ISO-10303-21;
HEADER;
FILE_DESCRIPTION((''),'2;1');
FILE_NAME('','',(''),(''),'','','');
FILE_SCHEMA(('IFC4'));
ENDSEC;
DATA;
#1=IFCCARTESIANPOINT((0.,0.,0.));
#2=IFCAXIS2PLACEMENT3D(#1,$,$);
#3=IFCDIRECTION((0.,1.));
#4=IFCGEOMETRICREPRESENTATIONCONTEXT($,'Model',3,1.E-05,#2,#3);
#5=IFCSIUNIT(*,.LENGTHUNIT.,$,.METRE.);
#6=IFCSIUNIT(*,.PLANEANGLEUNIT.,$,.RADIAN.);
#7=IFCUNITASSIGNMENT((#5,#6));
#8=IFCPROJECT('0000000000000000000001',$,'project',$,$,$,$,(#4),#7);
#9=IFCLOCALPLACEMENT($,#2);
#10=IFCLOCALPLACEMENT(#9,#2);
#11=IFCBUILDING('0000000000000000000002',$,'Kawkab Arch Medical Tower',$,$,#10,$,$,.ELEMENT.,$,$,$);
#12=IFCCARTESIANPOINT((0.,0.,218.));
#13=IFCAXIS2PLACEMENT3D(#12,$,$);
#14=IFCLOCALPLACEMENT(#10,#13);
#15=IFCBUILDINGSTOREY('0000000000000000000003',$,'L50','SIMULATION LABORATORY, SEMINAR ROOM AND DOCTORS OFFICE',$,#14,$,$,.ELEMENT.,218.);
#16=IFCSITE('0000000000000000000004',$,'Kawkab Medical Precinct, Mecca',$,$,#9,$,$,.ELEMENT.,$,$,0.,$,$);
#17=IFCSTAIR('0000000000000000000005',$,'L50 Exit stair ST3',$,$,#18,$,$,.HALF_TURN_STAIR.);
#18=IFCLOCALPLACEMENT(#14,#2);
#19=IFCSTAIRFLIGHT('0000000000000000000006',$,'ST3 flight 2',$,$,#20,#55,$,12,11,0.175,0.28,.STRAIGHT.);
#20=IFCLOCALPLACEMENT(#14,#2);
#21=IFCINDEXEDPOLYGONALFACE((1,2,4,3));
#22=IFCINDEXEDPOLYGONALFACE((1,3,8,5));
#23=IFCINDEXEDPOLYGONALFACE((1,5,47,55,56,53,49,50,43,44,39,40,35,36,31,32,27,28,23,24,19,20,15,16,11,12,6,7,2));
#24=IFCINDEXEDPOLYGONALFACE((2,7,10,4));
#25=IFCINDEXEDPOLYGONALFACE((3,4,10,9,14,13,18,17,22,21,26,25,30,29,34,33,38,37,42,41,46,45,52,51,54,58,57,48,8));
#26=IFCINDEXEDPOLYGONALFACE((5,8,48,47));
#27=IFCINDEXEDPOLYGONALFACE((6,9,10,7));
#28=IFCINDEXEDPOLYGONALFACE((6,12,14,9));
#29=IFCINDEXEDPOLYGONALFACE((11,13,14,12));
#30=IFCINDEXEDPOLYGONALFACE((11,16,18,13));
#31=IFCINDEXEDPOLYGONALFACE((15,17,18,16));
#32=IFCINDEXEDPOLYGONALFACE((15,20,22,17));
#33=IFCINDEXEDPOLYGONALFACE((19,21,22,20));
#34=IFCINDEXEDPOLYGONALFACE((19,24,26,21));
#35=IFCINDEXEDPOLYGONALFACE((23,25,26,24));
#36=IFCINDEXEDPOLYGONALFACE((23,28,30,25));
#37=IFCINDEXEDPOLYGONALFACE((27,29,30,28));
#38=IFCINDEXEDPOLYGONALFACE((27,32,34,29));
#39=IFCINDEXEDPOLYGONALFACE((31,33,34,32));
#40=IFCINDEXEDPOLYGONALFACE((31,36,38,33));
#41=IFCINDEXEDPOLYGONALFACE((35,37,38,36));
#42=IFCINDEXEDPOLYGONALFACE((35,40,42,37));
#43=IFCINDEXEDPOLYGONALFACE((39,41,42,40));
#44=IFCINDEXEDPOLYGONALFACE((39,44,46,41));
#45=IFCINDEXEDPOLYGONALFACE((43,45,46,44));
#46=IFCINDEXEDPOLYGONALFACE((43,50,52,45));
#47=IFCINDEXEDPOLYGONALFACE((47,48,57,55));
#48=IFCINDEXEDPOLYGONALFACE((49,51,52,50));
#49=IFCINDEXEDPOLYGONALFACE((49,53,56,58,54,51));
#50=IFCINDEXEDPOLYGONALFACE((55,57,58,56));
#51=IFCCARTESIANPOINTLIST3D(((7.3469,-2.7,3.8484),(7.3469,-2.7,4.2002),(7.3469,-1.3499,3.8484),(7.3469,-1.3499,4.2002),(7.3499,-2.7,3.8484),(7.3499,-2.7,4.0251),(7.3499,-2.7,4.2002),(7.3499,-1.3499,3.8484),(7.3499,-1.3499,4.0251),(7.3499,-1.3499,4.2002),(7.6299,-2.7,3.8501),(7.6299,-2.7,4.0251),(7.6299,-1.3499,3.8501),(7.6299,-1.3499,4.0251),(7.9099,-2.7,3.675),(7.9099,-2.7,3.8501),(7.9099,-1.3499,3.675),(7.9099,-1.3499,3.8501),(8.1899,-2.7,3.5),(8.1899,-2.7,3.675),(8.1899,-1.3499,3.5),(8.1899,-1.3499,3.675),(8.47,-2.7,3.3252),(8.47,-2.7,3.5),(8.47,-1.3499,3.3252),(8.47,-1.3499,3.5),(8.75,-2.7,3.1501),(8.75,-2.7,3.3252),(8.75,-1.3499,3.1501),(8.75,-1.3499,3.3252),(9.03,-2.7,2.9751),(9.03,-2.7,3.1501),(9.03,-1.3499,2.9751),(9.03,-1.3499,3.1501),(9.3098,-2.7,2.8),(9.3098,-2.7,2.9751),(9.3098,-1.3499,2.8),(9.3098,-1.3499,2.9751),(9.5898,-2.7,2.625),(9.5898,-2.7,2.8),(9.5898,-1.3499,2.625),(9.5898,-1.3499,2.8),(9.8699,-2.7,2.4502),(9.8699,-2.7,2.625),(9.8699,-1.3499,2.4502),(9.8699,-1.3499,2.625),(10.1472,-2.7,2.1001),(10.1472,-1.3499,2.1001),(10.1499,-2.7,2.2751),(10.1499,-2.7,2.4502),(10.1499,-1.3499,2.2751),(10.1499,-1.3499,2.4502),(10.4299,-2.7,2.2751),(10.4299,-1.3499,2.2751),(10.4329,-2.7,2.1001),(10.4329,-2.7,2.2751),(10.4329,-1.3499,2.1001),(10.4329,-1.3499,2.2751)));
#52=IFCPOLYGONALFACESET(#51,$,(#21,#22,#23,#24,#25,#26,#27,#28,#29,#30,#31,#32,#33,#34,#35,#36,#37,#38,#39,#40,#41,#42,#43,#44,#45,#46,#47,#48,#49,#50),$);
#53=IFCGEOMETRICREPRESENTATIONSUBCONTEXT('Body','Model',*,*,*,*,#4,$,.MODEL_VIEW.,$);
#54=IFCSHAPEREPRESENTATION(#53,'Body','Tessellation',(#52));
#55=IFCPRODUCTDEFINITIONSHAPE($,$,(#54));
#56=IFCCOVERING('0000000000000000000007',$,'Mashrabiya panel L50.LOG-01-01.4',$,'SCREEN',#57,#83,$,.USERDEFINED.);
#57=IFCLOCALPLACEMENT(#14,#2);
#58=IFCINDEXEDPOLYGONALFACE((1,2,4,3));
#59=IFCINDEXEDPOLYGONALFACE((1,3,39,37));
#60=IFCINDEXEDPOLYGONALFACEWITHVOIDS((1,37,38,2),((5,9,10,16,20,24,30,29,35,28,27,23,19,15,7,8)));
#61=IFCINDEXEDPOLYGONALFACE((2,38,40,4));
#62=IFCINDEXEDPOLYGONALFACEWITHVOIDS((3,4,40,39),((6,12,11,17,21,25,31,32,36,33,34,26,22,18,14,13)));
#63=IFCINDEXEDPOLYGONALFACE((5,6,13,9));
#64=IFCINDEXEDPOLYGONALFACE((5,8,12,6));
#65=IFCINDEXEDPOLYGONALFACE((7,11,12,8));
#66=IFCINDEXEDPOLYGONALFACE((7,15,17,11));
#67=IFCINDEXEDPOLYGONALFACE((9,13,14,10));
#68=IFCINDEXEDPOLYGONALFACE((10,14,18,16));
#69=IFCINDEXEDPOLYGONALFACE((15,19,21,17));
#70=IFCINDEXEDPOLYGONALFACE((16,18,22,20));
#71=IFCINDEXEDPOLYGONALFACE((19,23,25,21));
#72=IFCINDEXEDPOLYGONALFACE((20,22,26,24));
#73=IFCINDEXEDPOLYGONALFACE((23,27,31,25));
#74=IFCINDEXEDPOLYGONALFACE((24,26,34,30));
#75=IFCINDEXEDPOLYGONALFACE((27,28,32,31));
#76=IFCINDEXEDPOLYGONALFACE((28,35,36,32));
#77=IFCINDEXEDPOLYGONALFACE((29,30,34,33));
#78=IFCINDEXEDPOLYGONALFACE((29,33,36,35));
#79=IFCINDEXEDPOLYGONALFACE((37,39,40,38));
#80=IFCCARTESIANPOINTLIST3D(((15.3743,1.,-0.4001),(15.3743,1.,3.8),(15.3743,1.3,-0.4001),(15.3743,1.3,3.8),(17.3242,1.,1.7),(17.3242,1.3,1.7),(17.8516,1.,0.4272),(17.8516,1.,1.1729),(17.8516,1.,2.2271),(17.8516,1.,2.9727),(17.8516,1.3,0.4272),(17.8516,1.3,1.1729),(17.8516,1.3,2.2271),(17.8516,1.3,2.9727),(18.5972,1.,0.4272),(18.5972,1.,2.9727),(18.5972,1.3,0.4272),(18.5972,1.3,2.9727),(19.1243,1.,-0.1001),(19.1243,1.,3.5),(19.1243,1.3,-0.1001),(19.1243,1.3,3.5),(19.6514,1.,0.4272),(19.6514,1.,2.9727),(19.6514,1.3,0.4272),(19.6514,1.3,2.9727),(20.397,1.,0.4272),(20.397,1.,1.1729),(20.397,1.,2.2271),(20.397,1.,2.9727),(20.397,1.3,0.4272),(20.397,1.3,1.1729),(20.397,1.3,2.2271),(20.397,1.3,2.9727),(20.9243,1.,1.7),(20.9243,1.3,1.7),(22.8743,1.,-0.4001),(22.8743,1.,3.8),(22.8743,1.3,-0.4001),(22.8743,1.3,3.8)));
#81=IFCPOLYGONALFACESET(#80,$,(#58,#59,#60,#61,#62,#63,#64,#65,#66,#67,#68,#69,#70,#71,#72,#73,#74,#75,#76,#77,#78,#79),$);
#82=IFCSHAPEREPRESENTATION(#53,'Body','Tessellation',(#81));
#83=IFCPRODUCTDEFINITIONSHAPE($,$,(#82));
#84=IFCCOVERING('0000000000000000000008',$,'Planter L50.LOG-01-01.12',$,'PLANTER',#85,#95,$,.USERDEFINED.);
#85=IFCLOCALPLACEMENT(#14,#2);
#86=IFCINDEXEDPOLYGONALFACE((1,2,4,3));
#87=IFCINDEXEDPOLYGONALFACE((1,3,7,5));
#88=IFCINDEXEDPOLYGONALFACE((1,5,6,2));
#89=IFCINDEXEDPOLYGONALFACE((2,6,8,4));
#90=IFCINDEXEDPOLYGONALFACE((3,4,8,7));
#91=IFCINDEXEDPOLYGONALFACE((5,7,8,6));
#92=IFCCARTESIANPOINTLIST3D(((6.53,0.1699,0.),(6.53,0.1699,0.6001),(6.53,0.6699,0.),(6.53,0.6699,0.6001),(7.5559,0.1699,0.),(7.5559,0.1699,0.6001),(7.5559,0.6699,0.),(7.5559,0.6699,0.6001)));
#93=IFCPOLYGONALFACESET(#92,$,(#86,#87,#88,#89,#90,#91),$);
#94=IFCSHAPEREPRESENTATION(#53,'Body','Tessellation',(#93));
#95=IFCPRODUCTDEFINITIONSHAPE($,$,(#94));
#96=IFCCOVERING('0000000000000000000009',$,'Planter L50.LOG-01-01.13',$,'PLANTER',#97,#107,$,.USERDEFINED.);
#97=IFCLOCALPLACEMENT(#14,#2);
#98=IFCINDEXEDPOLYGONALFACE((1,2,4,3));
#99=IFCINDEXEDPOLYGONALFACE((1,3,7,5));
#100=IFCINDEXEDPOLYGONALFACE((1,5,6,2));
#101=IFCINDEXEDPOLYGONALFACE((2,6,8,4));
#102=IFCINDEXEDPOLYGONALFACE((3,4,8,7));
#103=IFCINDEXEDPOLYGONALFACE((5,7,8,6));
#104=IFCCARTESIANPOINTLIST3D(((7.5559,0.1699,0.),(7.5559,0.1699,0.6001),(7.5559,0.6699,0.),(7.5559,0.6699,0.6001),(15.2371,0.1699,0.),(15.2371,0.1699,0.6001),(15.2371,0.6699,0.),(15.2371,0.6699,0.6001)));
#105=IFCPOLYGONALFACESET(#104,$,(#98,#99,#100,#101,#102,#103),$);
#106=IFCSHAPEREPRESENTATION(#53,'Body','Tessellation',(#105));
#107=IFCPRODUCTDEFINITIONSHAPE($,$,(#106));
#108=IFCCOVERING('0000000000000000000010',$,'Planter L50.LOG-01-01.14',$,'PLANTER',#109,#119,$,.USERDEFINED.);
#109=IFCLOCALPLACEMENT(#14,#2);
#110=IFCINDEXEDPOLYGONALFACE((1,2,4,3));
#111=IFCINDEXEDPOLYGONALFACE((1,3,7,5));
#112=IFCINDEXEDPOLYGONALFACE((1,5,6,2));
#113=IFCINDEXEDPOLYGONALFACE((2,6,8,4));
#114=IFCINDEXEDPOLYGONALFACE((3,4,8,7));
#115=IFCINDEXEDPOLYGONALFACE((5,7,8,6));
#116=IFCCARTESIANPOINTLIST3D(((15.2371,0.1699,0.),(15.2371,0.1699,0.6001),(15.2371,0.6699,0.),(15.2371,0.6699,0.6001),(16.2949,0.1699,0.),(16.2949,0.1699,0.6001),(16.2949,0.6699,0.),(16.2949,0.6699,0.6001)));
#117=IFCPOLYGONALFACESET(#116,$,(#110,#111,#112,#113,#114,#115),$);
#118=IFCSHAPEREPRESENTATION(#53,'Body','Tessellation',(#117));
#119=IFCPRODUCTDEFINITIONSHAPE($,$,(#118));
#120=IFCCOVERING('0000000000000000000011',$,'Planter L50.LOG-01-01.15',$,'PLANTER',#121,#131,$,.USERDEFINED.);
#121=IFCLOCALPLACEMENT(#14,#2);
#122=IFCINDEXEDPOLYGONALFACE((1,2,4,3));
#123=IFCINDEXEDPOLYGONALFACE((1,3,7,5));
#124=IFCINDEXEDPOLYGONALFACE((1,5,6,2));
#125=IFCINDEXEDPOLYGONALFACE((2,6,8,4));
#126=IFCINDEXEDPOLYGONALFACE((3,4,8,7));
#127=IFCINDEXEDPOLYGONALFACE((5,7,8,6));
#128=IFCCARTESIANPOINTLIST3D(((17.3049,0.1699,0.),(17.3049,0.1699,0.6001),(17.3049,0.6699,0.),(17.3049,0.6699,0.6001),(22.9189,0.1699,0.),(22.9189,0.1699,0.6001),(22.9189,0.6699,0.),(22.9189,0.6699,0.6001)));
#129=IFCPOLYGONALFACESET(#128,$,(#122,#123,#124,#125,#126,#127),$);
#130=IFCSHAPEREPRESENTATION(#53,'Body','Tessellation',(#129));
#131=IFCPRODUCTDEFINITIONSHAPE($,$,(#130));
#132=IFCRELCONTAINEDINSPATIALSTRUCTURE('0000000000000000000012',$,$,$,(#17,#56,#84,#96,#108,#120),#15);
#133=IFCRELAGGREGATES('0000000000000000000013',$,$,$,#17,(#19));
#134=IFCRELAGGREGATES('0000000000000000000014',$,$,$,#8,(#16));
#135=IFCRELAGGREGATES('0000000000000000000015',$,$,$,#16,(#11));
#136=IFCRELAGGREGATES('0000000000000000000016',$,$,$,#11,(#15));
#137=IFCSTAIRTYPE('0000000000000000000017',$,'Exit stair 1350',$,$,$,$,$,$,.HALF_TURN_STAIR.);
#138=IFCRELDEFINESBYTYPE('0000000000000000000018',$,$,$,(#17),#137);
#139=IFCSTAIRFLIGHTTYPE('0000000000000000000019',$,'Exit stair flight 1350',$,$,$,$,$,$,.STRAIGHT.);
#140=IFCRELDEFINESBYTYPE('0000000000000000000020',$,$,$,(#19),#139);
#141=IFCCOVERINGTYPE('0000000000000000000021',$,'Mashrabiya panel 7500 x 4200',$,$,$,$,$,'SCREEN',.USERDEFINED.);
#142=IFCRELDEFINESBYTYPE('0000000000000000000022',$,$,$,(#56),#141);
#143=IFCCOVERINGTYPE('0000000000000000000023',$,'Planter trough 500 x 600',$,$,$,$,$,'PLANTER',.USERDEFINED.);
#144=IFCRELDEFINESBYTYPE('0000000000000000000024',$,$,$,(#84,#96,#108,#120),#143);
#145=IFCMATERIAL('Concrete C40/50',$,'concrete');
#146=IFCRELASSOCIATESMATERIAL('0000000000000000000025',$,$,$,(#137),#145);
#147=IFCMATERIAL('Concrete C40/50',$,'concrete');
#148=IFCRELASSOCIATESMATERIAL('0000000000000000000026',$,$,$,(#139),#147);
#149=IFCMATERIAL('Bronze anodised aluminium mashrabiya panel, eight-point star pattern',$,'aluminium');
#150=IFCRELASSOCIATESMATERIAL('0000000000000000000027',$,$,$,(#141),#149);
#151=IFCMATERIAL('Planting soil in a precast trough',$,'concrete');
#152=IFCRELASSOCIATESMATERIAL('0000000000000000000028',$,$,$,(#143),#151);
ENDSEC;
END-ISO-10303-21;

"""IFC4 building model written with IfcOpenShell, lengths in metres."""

from ifc_helpers import new_model, si_unit, direction, frame, origin, origin_2d, place, context, subcontext, project, spatial, polyline, rectangle, outline, extrude, material, material_profile, profile_set, type_object, element, aggregate, save


model = new_model("IFC4")

# Units and contexts
model_context = context("Model", 3, precision=1e-05, world=origin(), true_north=direction((0.0, 1.0)))
body_context = subcontext(model_context, "Body", "Model", "MODEL_VIEW")
ifc_project = project(units=[si_unit("LENGTHUNIT", "METRE"), si_unit("PLANEANGLEUNIT", "RADIAN")], contexts=[model_context])

# Site, building, storey
site_placement = place(None, origin())
site = spatial("IfcSite", under=ifc_project, at=site_placement, Name="Kawkab Medical Precinct, Mecca", CompositionType="ELEMENT", RefElevation=0.0)
building_placement = place(site_placement, origin())
building = spatial("IfcBuilding", under=site, at=building_placement, Name="Kawkab Arch Medical Tower", CompositionType="ELEMENT")
storey_placement = place(building_placement, frame((0.0, 0.0, 218.0)))
storey = spatial("IfcBuildingStorey", under=building, at=storey_placement, Name="L50", Description="SIMULATION LABORATORY, SEMINAR ROOM AND DOCTORS OFFICE", CompositionType="ELEMENT", Elevation=218.0)

# Shared definitions
placement = place(storey_placement, origin())

# Stair, stair flight
ifc_material_1 = material(Name="Concrete C40/50", Category="concrete")
stair_type = type_object("IfcStairType", Name="Exit stair 1350", PredefinedType="HALF_TURN_STAIR", material=ifc_material_1)
stair = element("IfcStair", 1, at=placement, inside=storey, type_object=stair_type, Name="L50 Exit stair ST3", PredefinedType="HALF_TURN_STAIR")
ifc_material_2 = material(Name="Concrete C40/50", Category="concrete")
stair_flight_type = type_object("IfcStairFlightType", Name="Exit stair flight 1350", PredefinedType="STRAIGHT", material=ifc_material_2)
stair_flight_placement = place(storey_placement, frame((10.4299, -2.0249, 2.1001), z_axis=(0.0, 0.0, 1.0), x_axis=(-1.0, 0.0, 0.0)))
stair_flight = element("IfcStairFlight", 2, at=stair_flight_placement, type_object=stair_flight_type, Name="ST3 flight 2", NumberOfRisers=12, NumberOfTreads=11, PredefinedType="STRAIGHT", RiserHeight=0.175, TreadLength=0.28, context=body_context, shape_type="SweptSolid", body=[
    extrude(outline(polyline([(-0.0029, 0.0), (-0.0029, 0.175), (0.0, 0.175), (0.28, 0.175), (0.28, 0.3501), (0.5601, 0.3501), (0.5601, 0.5249), (0.8401, 0.5249), (0.8401, 0.7), (1.1201, 0.7), (1.1201, 0.875), (1.3999, 0.875), (1.3999, 1.05), (1.6799, 1.05), (1.6799, 1.2251), (1.96, 1.2251), (1.96, 1.3999), (2.24, 1.3999), (2.24, 1.575), (2.52, 1.575), (2.52, 1.75), (2.8, 1.75), (2.8, 1.925), (3.0801, 1.925), (3.0801, 2.1001), (3.083, 2.1001), (3.083, 1.7483), (3.0801, 1.7483), (0.2827, 0.0), (-0.0029, 0.0)])), frame((0.0, 0.675, 0.0), z_axis=(0.0, -1.0, 0.0), x_axis=(1.0, 0.0, 0.0)), (0.0, 0.0, 1.0), 1.3501),
])
aggregate(stair, [stair_flight])

# Coverings
ifc_material_3 = material(Name="Bronze anodised aluminium mashrabiya panel, eight-point star pattern", Category="aluminium")
ifc_material_profile_1 = material_profile(ifc_material_3, outline(polyline([(-3.75, -2.1001), (3.75, -2.1001), (3.75, 2.1001), (-3.75, 2.1001), (-3.75, -2.1001)]), holes=[polyline([(1.8, 0.0), (1.2727, 0.5271), (1.2727, 1.2727), (0.5271, 1.2727), (0.0, 1.8), (-0.5271, 1.2727), (-1.2727, 1.2727), (-1.2727, 0.5271), (-1.8, 0.0), (-1.2727, -0.5271), (-1.2727, -1.2727), (-0.5271, -1.2727), (0.0, -1.8), (0.5271, -1.2727), (1.2727, -1.2727), (1.2727, -0.5271), (1.8, 0.0)])]), Name="Mashrabiya panel 7500x4200")
ifc_profile_set_1 = profile_set([ifc_material_profile_1], Name="Bronze anodised aluminium mashrabiya panel, eight-point star pattern")
covering_type_1 = type_object("IfcCoveringType", Name="Mashrabiya panel 7500 x 4200", ElementType="SCREEN", PredefinedType="USERDEFINED", material=ifc_profile_set_1)
covering_1_placement = place(storey_placement, frame((19.1243, 1.0, 1.7), z_axis=(0.0, 1.0, 0.0), x_axis=(-1.0, 0.0, 0.0)))
element("IfcCovering", 3, at=covering_1_placement, inside=storey, type_object=covering_type_1, Name="Mashrabiya panel L50.LOG-01-01.4", ObjectType="SCREEN", PredefinedType="USERDEFINED", context=body_context, shape_type="SweptSolid", body=[
    extrude(outline(polyline([(-3.75, -2.1001), (3.75, -2.1001), (3.75, 2.1001), (-3.75, 2.1001), (-3.75, -2.1001)]), holes=[polyline([(1.8, 0.0), (1.2727, 0.5271), (1.2727, 1.2727), (0.5271, 1.2727), (0.0, 1.8), (-0.5271, 1.2727), (-1.2727, 1.2727), (-1.2727, 0.5271), (-1.8, 0.0), (-1.2727, -0.5271), (-1.2727, -1.2727), (-0.5271, -1.2727), (0.0, -1.8), (0.5271, -1.2727), (1.2727, -1.2727), (1.2727, -0.5271), (1.8, 0.0)])]), origin(), (0.0, 0.0, 1.0), 0.3),
])
ifc_material_4 = material(Name="Planting soil in a precast trough", Category="concrete")
ifc_material_profile_2 = material_profile(ifc_material_4, rectangle(XDim=0.5, YDim=0.6001, at=origin_2d()), Name="Trough 500x600")
ifc_profile_set_2 = profile_set([ifc_material_profile_2], Name="Planting soil in a precast trough")
covering_type_2 = type_object("IfcCoveringType", Name="Planter trough 500 x 600", ElementType="PLANTER", PredefinedType="USERDEFINED", material=ifc_profile_set_2)
covering_2_placement = place(storey_placement, frame((6.53, 0.4199, 0.3), z_axis=(1.0, 0.0, 0.0), x_axis=(0.0, 1.0, 0.0)))
element("IfcCovering", 4, at=covering_2_placement, inside=storey, type_object=covering_type_2, Name="Planter L50.LOG-01-01.12", ObjectType="PLANTER", PredefinedType="USERDEFINED", context=body_context, shape_type="SweptSolid", body=[
    extrude(rectangle(XDim=0.5, YDim=0.6001, at=origin_2d()), origin(), (0.0, 0.0, 1.0), 1.0259),
])
covering_3_placement = place(storey_placement, frame((7.5559, 0.4199, 0.3), z_axis=(1.0, 0.0, 0.0), x_axis=(0.0, 1.0, 0.0)))
element("IfcCovering", 5, at=covering_3_placement, inside=storey, type_object=covering_type_2, Name="Planter L50.LOG-01-01.13", ObjectType="PLANTER", PredefinedType="USERDEFINED", context=body_context, shape_type="SweptSolid", body=[
    extrude(rectangle(XDim=0.5, YDim=0.6001, at=origin_2d()), origin(), (0.0, 0.0, 1.0), 7.6812),
])
covering_4_placement = place(storey_placement, frame((15.2371, 0.4199, 0.3), z_axis=(1.0, 0.0, 0.0), x_axis=(0.0, 1.0, 0.0)))
element("IfcCovering", 6, at=covering_4_placement, inside=storey, type_object=covering_type_2, Name="Planter L50.LOG-01-01.14", ObjectType="PLANTER", PredefinedType="USERDEFINED", context=body_context, shape_type="SweptSolid", body=[
    extrude(rectangle(XDim=0.5, YDim=0.6001, at=origin_2d()), origin(), (0.0, 0.0, 1.0), 1.0579),
])
covering_5_placement = place(storey_placement, frame((17.3049, 0.4199, 0.3), z_axis=(1.0, 0.0, 0.0), x_axis=(0.0, 1.0, 0.0)))
element("IfcCovering", 7, at=covering_5_placement, inside=storey, type_object=covering_type_2, Name="Planter L50.LOG-01-01.15", ObjectType="PLANTER", PredefinedType="USERDEFINED", context=body_context, shape_type="SweptSolid", body=[
    extrude(rectangle(XDim=0.5, YDim=0.6001, at=origin_2d()), origin(), (0.0, 0.0, 1.0), 5.614),
])

save(model, "model.ifc")
